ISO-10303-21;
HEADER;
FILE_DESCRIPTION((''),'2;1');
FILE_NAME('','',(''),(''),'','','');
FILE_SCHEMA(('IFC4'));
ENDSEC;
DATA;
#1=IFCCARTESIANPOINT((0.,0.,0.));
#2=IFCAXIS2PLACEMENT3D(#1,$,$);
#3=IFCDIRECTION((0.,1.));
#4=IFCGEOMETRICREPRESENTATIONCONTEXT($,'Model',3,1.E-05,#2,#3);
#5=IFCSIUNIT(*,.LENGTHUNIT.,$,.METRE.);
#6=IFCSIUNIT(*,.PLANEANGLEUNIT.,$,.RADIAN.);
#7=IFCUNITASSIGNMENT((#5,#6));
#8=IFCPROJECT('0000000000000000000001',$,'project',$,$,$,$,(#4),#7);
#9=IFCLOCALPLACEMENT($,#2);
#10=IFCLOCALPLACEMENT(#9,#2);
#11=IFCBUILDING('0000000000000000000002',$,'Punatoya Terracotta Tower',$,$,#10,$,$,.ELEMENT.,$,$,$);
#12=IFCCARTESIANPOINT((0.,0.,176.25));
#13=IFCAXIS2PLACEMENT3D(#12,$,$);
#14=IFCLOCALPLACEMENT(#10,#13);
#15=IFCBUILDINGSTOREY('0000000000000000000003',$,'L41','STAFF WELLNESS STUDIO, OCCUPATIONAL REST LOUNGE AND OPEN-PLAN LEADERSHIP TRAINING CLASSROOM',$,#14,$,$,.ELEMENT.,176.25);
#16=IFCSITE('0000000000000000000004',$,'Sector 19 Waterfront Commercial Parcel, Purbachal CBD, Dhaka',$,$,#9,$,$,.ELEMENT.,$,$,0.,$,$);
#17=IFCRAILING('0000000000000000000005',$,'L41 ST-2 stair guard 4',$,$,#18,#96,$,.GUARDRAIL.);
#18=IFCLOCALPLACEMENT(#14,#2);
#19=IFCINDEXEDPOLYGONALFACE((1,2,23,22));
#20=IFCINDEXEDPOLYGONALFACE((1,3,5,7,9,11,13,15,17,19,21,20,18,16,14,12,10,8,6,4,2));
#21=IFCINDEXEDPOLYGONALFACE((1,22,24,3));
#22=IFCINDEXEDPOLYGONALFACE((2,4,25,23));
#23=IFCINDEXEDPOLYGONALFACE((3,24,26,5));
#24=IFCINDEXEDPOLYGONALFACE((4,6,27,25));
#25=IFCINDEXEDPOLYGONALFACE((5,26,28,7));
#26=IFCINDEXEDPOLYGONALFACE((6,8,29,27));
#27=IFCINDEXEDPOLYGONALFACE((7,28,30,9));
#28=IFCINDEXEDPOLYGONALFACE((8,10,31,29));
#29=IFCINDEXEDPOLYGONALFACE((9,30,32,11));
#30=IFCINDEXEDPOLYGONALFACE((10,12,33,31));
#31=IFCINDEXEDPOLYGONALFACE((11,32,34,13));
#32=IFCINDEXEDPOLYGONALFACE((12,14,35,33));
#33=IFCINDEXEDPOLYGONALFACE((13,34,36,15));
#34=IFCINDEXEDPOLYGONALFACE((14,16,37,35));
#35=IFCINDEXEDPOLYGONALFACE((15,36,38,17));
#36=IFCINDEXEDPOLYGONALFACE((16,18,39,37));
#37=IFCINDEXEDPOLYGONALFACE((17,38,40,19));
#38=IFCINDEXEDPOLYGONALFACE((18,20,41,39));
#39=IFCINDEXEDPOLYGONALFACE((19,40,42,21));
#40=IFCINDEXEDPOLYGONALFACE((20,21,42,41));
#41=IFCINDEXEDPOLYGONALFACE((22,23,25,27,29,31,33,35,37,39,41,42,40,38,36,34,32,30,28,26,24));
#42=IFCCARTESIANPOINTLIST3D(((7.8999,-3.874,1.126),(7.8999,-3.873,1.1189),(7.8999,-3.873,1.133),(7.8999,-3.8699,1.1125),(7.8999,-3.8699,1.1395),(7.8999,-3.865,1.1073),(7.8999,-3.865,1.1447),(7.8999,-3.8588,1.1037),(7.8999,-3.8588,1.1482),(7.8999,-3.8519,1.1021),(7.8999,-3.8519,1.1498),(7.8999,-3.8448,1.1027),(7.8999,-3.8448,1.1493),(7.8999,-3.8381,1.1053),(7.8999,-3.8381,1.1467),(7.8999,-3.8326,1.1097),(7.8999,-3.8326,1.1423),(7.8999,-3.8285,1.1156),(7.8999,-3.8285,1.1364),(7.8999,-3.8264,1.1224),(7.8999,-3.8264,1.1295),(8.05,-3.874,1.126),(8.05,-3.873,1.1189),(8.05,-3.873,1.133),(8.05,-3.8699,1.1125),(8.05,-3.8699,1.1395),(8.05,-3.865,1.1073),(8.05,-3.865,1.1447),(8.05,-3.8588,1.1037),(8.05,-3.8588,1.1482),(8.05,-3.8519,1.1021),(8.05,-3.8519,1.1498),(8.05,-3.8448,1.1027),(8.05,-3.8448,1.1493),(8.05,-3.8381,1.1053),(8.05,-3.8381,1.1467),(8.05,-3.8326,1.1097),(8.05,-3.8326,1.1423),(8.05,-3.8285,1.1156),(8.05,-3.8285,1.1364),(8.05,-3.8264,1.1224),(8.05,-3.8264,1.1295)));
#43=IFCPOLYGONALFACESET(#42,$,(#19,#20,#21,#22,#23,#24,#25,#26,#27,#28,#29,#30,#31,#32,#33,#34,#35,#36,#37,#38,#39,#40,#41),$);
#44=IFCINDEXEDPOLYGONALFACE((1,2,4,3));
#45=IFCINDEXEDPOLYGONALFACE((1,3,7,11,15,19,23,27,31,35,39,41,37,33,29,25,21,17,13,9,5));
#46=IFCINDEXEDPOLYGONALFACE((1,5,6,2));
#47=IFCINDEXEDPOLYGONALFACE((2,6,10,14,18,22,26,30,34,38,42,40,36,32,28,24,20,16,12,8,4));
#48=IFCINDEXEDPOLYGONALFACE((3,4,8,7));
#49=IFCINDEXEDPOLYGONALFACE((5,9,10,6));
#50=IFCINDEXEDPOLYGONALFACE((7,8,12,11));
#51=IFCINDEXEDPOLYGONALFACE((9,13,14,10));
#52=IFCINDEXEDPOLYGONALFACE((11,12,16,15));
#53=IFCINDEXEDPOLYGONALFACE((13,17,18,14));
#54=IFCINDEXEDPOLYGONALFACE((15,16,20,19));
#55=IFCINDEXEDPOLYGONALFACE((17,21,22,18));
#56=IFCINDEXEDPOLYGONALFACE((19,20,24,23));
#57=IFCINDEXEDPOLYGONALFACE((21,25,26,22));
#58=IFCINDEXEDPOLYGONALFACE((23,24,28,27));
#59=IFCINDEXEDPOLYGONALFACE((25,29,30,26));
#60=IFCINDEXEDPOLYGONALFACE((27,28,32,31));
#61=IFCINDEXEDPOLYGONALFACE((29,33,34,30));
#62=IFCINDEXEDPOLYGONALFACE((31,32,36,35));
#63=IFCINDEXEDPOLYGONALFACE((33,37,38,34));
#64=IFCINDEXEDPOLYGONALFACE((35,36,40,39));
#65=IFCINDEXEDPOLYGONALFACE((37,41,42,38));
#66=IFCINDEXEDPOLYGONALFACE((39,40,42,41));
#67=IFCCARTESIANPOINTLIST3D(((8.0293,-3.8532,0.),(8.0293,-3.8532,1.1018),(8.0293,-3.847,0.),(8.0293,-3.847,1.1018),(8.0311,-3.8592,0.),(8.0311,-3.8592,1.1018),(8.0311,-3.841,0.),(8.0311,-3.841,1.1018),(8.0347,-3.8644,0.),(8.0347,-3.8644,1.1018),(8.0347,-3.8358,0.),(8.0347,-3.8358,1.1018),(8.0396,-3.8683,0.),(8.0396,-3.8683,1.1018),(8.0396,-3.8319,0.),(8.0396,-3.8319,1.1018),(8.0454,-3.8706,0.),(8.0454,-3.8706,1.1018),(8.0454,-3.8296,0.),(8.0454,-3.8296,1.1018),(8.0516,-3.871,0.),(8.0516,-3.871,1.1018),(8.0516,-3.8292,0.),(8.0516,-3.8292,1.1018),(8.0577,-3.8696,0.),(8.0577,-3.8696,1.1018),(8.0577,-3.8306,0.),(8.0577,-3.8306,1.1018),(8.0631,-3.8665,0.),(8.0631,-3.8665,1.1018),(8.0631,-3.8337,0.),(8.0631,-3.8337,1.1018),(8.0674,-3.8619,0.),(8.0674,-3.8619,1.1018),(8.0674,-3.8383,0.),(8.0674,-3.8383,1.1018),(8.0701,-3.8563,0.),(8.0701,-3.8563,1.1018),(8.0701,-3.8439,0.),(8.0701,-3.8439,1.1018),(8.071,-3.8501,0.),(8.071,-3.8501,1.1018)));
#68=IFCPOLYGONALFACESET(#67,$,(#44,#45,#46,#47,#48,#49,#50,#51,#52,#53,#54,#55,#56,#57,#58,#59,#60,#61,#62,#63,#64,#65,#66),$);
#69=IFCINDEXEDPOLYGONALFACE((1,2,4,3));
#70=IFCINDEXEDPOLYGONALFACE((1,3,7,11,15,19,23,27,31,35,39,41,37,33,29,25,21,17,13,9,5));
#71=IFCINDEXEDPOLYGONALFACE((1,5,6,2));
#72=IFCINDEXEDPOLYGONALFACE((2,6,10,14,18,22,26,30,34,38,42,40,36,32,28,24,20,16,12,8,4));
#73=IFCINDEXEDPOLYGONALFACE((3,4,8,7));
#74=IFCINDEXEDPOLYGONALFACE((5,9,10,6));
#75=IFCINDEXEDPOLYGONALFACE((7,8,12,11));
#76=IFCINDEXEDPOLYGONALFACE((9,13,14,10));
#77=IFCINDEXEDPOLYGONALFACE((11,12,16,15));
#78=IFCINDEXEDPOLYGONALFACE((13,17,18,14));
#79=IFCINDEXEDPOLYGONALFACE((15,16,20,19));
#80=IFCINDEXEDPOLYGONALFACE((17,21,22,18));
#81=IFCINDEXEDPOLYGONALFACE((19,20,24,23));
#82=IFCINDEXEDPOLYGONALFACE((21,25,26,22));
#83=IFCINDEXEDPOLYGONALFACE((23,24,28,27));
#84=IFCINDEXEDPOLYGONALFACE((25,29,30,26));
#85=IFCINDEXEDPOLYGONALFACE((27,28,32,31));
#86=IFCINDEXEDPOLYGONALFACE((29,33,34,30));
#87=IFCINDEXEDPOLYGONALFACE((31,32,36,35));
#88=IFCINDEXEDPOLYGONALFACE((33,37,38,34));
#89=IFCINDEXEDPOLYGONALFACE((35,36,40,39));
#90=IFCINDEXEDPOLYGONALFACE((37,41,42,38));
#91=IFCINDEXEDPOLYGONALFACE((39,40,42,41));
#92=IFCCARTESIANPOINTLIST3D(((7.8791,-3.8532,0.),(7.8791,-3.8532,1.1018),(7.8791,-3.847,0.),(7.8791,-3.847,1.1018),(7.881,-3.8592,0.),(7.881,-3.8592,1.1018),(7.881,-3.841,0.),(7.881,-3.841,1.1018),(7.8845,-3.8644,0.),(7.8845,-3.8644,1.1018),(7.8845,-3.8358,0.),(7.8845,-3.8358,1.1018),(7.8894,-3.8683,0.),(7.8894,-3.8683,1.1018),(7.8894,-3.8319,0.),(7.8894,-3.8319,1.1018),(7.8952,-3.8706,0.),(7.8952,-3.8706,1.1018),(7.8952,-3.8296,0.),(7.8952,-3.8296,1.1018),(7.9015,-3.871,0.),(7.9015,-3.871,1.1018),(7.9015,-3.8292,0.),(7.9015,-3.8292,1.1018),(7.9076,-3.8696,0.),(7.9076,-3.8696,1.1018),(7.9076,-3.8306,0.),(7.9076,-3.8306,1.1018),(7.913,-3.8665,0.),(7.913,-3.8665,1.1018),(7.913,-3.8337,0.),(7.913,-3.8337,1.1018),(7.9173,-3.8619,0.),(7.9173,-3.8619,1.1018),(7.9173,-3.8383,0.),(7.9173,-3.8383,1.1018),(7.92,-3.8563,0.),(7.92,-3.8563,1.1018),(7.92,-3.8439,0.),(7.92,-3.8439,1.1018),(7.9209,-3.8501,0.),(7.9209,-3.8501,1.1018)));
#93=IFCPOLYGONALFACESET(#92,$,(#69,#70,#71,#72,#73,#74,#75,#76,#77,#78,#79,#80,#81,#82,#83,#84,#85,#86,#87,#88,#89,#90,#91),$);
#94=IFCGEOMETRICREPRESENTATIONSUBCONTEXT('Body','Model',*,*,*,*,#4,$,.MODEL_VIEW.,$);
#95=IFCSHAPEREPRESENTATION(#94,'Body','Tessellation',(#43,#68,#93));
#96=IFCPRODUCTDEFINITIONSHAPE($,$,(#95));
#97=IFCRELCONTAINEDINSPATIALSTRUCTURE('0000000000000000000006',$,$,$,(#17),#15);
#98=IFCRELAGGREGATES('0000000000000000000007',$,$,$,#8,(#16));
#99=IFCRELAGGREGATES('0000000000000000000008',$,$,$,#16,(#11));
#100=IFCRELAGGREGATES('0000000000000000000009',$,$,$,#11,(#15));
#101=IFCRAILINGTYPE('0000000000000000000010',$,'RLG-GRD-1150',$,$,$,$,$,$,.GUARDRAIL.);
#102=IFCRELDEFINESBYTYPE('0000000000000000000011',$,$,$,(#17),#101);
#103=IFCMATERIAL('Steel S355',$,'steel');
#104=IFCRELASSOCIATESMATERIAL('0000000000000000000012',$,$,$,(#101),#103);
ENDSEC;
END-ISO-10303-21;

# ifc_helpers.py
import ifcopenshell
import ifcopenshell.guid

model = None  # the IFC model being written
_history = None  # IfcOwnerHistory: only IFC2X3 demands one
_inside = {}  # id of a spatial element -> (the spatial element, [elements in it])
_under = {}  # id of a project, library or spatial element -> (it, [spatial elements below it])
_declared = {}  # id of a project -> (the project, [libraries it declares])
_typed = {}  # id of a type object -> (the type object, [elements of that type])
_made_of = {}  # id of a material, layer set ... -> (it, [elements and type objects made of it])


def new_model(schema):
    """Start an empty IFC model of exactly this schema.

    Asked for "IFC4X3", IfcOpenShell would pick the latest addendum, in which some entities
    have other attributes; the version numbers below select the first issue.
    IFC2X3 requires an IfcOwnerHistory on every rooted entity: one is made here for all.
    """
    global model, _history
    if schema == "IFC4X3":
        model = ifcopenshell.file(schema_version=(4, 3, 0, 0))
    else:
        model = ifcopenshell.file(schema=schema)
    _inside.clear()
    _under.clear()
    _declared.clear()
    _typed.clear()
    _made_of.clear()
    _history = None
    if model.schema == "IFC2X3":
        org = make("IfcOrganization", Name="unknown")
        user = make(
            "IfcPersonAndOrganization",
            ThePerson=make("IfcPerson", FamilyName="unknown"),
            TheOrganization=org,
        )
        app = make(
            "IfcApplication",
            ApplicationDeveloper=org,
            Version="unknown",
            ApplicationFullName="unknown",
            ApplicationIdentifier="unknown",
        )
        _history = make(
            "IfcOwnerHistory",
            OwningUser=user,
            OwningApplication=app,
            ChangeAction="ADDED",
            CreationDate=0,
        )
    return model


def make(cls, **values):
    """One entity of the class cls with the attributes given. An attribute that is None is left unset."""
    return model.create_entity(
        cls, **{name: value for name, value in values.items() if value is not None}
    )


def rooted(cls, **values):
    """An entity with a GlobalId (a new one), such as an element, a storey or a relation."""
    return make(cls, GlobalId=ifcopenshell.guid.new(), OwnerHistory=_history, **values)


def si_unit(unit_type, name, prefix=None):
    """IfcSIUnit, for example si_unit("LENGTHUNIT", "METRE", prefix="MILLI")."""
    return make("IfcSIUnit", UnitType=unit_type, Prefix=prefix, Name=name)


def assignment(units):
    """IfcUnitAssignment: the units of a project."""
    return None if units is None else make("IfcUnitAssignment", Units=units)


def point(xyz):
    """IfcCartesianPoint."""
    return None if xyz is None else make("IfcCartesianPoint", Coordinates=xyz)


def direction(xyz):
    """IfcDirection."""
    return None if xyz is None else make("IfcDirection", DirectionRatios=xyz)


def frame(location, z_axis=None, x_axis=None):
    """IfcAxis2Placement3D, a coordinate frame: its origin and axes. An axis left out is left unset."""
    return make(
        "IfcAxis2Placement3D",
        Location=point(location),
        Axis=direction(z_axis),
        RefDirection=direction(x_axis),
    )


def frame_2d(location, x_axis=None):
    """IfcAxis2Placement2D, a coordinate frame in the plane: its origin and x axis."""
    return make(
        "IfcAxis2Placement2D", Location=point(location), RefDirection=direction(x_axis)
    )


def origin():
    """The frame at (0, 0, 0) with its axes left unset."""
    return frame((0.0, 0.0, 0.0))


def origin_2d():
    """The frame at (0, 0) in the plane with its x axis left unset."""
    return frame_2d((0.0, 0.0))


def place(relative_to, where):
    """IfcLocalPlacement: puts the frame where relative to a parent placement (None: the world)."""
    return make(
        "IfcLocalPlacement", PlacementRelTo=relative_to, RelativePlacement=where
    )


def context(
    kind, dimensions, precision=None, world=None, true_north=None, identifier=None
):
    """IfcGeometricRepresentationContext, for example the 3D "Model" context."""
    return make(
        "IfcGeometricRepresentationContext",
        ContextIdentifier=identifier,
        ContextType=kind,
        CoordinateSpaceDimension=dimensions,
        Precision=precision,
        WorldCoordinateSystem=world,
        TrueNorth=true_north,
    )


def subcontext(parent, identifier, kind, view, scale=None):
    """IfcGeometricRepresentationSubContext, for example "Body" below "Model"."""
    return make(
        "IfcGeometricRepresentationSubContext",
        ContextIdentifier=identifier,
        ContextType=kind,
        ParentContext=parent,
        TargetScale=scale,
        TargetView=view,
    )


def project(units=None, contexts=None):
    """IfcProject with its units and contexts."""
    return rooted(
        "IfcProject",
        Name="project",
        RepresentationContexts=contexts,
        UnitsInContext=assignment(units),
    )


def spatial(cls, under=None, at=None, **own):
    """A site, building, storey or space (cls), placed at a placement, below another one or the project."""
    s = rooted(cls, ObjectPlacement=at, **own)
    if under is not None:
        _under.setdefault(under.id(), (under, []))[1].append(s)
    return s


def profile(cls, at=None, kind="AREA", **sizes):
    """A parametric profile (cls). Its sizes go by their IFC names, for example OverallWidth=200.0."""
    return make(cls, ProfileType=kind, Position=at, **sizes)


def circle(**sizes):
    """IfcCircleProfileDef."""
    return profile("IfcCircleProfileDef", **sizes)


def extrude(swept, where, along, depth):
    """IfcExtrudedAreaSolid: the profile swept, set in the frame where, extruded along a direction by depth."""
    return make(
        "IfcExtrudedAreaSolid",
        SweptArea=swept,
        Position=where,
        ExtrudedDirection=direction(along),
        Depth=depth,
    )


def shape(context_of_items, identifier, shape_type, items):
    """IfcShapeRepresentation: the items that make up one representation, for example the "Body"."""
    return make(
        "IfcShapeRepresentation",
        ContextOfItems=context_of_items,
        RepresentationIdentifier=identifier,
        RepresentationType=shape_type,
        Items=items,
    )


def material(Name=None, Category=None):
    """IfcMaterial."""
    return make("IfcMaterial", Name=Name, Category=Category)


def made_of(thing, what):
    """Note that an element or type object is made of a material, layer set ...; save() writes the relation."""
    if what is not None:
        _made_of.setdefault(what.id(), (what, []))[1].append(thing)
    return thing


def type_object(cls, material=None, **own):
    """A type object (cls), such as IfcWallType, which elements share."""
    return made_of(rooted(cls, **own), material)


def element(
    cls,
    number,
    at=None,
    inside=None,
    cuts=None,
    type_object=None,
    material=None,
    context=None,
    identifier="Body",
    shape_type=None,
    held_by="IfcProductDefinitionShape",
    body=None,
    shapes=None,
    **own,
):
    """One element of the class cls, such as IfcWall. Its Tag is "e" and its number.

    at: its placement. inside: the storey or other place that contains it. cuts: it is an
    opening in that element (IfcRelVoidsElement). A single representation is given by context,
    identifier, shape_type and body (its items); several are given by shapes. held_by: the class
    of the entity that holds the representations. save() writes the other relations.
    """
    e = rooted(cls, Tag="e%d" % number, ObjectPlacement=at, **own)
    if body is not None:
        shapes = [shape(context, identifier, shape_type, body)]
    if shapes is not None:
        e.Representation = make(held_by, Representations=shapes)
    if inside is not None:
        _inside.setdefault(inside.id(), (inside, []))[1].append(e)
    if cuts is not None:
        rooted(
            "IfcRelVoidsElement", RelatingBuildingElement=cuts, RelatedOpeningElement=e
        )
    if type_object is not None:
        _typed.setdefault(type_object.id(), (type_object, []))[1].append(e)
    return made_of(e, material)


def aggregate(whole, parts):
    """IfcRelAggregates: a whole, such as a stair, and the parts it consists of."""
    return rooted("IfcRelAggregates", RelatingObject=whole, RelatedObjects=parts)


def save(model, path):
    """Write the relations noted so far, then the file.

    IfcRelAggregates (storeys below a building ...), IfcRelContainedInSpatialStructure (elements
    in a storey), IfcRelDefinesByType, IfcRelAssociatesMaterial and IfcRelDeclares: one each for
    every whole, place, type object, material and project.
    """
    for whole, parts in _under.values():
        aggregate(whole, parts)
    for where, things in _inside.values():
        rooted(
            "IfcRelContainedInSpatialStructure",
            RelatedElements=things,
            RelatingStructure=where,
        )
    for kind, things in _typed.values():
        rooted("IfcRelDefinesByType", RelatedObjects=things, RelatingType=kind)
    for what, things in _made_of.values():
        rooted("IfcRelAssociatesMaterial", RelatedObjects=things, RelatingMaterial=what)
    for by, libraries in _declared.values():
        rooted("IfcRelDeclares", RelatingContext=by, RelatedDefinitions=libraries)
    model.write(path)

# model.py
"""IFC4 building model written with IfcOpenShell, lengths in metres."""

from ifc_helpers import new_model, si_unit, direction, frame, origin, origin_2d, place, context, subcontext, project, spatial, circle, extrude, material, type_object, element, save


model = new_model("IFC4")

# Units and contexts
model_context = context("Model", 3, precision=1e-05, world=origin(), true_north=direction((0.0, 1.0)))
body_context = subcontext(model_context, "Body", "Model", "MODEL_VIEW")
ifc_project = project(units=[si_unit("LENGTHUNIT", "METRE"), si_unit("PLANEANGLEUNIT", "RADIAN")], contexts=[model_context])

# Site, building, storey
site_placement = place(None, origin())
site = spatial("IfcSite", under=ifc_project, at=site_placement, Name="Sector 19 Waterfront Commercial Parcel, Purbachal CBD, Dhaka", CompositionType="ELEMENT", RefElevation=0.0)
building_placement = place(site_placement, origin())
building = spatial("IfcBuilding", under=site, at=building_placement, Name="Punatoya Terracotta Tower", CompositionType="ELEMENT")
storey_placement = place(building_placement, frame((0.0, 0.0, 176.25)))
storey = spatial("IfcBuildingStorey", under=building, at=storey_placement, Name="L41", Description="STAFF WELLNESS STUDIO, OCCUPATIONAL REST LOUNGE AND OPEN-PLAN LEADERSHIP TRAINING CLASSROOM", CompositionType="ELEMENT", Elevation=176.25)

# Shared definitions
ifc_material_1 = material(Name="Steel S355", Category="steel")

# Railing
railing_type_1 = type_object("IfcRailingType", Name="RLG-GRD-1150", PredefinedType="GUARDRAIL", material=ifc_material_1)
railing_1_placement = place(storey_placement, frame((8.05, -3.8501, 0.0)))
element("IfcRailing", 1, at=railing_1_placement, inside=storey, type_object=railing_type_1, Name="L41 ST-2 stair guard 4", PredefinedType="GUARDRAIL", context=body_context, shape_type="SweptSolid", body=[
    extrude(circle(Radius=0.0239, at=origin_2d()), frame((0.0, 0.0, 1.126), z_axis=(-1.0, 0.0, 0.0), x_axis=(0.0, -1.0, 0.0)), (0.0, 0.0, 1.0), 0.1501),
    extrude(circle(Radius=0.021, at=origin_2d()), origin(), (0.0, 0.0, 1.0), 1.1018),
    extrude(circle(Radius=0.021, at=origin_2d()), frame((-0.1501, 0.0, 0.0)), (0.0, 0.0, 1.0), 1.1018),
])

save(model, "model.ifc")
